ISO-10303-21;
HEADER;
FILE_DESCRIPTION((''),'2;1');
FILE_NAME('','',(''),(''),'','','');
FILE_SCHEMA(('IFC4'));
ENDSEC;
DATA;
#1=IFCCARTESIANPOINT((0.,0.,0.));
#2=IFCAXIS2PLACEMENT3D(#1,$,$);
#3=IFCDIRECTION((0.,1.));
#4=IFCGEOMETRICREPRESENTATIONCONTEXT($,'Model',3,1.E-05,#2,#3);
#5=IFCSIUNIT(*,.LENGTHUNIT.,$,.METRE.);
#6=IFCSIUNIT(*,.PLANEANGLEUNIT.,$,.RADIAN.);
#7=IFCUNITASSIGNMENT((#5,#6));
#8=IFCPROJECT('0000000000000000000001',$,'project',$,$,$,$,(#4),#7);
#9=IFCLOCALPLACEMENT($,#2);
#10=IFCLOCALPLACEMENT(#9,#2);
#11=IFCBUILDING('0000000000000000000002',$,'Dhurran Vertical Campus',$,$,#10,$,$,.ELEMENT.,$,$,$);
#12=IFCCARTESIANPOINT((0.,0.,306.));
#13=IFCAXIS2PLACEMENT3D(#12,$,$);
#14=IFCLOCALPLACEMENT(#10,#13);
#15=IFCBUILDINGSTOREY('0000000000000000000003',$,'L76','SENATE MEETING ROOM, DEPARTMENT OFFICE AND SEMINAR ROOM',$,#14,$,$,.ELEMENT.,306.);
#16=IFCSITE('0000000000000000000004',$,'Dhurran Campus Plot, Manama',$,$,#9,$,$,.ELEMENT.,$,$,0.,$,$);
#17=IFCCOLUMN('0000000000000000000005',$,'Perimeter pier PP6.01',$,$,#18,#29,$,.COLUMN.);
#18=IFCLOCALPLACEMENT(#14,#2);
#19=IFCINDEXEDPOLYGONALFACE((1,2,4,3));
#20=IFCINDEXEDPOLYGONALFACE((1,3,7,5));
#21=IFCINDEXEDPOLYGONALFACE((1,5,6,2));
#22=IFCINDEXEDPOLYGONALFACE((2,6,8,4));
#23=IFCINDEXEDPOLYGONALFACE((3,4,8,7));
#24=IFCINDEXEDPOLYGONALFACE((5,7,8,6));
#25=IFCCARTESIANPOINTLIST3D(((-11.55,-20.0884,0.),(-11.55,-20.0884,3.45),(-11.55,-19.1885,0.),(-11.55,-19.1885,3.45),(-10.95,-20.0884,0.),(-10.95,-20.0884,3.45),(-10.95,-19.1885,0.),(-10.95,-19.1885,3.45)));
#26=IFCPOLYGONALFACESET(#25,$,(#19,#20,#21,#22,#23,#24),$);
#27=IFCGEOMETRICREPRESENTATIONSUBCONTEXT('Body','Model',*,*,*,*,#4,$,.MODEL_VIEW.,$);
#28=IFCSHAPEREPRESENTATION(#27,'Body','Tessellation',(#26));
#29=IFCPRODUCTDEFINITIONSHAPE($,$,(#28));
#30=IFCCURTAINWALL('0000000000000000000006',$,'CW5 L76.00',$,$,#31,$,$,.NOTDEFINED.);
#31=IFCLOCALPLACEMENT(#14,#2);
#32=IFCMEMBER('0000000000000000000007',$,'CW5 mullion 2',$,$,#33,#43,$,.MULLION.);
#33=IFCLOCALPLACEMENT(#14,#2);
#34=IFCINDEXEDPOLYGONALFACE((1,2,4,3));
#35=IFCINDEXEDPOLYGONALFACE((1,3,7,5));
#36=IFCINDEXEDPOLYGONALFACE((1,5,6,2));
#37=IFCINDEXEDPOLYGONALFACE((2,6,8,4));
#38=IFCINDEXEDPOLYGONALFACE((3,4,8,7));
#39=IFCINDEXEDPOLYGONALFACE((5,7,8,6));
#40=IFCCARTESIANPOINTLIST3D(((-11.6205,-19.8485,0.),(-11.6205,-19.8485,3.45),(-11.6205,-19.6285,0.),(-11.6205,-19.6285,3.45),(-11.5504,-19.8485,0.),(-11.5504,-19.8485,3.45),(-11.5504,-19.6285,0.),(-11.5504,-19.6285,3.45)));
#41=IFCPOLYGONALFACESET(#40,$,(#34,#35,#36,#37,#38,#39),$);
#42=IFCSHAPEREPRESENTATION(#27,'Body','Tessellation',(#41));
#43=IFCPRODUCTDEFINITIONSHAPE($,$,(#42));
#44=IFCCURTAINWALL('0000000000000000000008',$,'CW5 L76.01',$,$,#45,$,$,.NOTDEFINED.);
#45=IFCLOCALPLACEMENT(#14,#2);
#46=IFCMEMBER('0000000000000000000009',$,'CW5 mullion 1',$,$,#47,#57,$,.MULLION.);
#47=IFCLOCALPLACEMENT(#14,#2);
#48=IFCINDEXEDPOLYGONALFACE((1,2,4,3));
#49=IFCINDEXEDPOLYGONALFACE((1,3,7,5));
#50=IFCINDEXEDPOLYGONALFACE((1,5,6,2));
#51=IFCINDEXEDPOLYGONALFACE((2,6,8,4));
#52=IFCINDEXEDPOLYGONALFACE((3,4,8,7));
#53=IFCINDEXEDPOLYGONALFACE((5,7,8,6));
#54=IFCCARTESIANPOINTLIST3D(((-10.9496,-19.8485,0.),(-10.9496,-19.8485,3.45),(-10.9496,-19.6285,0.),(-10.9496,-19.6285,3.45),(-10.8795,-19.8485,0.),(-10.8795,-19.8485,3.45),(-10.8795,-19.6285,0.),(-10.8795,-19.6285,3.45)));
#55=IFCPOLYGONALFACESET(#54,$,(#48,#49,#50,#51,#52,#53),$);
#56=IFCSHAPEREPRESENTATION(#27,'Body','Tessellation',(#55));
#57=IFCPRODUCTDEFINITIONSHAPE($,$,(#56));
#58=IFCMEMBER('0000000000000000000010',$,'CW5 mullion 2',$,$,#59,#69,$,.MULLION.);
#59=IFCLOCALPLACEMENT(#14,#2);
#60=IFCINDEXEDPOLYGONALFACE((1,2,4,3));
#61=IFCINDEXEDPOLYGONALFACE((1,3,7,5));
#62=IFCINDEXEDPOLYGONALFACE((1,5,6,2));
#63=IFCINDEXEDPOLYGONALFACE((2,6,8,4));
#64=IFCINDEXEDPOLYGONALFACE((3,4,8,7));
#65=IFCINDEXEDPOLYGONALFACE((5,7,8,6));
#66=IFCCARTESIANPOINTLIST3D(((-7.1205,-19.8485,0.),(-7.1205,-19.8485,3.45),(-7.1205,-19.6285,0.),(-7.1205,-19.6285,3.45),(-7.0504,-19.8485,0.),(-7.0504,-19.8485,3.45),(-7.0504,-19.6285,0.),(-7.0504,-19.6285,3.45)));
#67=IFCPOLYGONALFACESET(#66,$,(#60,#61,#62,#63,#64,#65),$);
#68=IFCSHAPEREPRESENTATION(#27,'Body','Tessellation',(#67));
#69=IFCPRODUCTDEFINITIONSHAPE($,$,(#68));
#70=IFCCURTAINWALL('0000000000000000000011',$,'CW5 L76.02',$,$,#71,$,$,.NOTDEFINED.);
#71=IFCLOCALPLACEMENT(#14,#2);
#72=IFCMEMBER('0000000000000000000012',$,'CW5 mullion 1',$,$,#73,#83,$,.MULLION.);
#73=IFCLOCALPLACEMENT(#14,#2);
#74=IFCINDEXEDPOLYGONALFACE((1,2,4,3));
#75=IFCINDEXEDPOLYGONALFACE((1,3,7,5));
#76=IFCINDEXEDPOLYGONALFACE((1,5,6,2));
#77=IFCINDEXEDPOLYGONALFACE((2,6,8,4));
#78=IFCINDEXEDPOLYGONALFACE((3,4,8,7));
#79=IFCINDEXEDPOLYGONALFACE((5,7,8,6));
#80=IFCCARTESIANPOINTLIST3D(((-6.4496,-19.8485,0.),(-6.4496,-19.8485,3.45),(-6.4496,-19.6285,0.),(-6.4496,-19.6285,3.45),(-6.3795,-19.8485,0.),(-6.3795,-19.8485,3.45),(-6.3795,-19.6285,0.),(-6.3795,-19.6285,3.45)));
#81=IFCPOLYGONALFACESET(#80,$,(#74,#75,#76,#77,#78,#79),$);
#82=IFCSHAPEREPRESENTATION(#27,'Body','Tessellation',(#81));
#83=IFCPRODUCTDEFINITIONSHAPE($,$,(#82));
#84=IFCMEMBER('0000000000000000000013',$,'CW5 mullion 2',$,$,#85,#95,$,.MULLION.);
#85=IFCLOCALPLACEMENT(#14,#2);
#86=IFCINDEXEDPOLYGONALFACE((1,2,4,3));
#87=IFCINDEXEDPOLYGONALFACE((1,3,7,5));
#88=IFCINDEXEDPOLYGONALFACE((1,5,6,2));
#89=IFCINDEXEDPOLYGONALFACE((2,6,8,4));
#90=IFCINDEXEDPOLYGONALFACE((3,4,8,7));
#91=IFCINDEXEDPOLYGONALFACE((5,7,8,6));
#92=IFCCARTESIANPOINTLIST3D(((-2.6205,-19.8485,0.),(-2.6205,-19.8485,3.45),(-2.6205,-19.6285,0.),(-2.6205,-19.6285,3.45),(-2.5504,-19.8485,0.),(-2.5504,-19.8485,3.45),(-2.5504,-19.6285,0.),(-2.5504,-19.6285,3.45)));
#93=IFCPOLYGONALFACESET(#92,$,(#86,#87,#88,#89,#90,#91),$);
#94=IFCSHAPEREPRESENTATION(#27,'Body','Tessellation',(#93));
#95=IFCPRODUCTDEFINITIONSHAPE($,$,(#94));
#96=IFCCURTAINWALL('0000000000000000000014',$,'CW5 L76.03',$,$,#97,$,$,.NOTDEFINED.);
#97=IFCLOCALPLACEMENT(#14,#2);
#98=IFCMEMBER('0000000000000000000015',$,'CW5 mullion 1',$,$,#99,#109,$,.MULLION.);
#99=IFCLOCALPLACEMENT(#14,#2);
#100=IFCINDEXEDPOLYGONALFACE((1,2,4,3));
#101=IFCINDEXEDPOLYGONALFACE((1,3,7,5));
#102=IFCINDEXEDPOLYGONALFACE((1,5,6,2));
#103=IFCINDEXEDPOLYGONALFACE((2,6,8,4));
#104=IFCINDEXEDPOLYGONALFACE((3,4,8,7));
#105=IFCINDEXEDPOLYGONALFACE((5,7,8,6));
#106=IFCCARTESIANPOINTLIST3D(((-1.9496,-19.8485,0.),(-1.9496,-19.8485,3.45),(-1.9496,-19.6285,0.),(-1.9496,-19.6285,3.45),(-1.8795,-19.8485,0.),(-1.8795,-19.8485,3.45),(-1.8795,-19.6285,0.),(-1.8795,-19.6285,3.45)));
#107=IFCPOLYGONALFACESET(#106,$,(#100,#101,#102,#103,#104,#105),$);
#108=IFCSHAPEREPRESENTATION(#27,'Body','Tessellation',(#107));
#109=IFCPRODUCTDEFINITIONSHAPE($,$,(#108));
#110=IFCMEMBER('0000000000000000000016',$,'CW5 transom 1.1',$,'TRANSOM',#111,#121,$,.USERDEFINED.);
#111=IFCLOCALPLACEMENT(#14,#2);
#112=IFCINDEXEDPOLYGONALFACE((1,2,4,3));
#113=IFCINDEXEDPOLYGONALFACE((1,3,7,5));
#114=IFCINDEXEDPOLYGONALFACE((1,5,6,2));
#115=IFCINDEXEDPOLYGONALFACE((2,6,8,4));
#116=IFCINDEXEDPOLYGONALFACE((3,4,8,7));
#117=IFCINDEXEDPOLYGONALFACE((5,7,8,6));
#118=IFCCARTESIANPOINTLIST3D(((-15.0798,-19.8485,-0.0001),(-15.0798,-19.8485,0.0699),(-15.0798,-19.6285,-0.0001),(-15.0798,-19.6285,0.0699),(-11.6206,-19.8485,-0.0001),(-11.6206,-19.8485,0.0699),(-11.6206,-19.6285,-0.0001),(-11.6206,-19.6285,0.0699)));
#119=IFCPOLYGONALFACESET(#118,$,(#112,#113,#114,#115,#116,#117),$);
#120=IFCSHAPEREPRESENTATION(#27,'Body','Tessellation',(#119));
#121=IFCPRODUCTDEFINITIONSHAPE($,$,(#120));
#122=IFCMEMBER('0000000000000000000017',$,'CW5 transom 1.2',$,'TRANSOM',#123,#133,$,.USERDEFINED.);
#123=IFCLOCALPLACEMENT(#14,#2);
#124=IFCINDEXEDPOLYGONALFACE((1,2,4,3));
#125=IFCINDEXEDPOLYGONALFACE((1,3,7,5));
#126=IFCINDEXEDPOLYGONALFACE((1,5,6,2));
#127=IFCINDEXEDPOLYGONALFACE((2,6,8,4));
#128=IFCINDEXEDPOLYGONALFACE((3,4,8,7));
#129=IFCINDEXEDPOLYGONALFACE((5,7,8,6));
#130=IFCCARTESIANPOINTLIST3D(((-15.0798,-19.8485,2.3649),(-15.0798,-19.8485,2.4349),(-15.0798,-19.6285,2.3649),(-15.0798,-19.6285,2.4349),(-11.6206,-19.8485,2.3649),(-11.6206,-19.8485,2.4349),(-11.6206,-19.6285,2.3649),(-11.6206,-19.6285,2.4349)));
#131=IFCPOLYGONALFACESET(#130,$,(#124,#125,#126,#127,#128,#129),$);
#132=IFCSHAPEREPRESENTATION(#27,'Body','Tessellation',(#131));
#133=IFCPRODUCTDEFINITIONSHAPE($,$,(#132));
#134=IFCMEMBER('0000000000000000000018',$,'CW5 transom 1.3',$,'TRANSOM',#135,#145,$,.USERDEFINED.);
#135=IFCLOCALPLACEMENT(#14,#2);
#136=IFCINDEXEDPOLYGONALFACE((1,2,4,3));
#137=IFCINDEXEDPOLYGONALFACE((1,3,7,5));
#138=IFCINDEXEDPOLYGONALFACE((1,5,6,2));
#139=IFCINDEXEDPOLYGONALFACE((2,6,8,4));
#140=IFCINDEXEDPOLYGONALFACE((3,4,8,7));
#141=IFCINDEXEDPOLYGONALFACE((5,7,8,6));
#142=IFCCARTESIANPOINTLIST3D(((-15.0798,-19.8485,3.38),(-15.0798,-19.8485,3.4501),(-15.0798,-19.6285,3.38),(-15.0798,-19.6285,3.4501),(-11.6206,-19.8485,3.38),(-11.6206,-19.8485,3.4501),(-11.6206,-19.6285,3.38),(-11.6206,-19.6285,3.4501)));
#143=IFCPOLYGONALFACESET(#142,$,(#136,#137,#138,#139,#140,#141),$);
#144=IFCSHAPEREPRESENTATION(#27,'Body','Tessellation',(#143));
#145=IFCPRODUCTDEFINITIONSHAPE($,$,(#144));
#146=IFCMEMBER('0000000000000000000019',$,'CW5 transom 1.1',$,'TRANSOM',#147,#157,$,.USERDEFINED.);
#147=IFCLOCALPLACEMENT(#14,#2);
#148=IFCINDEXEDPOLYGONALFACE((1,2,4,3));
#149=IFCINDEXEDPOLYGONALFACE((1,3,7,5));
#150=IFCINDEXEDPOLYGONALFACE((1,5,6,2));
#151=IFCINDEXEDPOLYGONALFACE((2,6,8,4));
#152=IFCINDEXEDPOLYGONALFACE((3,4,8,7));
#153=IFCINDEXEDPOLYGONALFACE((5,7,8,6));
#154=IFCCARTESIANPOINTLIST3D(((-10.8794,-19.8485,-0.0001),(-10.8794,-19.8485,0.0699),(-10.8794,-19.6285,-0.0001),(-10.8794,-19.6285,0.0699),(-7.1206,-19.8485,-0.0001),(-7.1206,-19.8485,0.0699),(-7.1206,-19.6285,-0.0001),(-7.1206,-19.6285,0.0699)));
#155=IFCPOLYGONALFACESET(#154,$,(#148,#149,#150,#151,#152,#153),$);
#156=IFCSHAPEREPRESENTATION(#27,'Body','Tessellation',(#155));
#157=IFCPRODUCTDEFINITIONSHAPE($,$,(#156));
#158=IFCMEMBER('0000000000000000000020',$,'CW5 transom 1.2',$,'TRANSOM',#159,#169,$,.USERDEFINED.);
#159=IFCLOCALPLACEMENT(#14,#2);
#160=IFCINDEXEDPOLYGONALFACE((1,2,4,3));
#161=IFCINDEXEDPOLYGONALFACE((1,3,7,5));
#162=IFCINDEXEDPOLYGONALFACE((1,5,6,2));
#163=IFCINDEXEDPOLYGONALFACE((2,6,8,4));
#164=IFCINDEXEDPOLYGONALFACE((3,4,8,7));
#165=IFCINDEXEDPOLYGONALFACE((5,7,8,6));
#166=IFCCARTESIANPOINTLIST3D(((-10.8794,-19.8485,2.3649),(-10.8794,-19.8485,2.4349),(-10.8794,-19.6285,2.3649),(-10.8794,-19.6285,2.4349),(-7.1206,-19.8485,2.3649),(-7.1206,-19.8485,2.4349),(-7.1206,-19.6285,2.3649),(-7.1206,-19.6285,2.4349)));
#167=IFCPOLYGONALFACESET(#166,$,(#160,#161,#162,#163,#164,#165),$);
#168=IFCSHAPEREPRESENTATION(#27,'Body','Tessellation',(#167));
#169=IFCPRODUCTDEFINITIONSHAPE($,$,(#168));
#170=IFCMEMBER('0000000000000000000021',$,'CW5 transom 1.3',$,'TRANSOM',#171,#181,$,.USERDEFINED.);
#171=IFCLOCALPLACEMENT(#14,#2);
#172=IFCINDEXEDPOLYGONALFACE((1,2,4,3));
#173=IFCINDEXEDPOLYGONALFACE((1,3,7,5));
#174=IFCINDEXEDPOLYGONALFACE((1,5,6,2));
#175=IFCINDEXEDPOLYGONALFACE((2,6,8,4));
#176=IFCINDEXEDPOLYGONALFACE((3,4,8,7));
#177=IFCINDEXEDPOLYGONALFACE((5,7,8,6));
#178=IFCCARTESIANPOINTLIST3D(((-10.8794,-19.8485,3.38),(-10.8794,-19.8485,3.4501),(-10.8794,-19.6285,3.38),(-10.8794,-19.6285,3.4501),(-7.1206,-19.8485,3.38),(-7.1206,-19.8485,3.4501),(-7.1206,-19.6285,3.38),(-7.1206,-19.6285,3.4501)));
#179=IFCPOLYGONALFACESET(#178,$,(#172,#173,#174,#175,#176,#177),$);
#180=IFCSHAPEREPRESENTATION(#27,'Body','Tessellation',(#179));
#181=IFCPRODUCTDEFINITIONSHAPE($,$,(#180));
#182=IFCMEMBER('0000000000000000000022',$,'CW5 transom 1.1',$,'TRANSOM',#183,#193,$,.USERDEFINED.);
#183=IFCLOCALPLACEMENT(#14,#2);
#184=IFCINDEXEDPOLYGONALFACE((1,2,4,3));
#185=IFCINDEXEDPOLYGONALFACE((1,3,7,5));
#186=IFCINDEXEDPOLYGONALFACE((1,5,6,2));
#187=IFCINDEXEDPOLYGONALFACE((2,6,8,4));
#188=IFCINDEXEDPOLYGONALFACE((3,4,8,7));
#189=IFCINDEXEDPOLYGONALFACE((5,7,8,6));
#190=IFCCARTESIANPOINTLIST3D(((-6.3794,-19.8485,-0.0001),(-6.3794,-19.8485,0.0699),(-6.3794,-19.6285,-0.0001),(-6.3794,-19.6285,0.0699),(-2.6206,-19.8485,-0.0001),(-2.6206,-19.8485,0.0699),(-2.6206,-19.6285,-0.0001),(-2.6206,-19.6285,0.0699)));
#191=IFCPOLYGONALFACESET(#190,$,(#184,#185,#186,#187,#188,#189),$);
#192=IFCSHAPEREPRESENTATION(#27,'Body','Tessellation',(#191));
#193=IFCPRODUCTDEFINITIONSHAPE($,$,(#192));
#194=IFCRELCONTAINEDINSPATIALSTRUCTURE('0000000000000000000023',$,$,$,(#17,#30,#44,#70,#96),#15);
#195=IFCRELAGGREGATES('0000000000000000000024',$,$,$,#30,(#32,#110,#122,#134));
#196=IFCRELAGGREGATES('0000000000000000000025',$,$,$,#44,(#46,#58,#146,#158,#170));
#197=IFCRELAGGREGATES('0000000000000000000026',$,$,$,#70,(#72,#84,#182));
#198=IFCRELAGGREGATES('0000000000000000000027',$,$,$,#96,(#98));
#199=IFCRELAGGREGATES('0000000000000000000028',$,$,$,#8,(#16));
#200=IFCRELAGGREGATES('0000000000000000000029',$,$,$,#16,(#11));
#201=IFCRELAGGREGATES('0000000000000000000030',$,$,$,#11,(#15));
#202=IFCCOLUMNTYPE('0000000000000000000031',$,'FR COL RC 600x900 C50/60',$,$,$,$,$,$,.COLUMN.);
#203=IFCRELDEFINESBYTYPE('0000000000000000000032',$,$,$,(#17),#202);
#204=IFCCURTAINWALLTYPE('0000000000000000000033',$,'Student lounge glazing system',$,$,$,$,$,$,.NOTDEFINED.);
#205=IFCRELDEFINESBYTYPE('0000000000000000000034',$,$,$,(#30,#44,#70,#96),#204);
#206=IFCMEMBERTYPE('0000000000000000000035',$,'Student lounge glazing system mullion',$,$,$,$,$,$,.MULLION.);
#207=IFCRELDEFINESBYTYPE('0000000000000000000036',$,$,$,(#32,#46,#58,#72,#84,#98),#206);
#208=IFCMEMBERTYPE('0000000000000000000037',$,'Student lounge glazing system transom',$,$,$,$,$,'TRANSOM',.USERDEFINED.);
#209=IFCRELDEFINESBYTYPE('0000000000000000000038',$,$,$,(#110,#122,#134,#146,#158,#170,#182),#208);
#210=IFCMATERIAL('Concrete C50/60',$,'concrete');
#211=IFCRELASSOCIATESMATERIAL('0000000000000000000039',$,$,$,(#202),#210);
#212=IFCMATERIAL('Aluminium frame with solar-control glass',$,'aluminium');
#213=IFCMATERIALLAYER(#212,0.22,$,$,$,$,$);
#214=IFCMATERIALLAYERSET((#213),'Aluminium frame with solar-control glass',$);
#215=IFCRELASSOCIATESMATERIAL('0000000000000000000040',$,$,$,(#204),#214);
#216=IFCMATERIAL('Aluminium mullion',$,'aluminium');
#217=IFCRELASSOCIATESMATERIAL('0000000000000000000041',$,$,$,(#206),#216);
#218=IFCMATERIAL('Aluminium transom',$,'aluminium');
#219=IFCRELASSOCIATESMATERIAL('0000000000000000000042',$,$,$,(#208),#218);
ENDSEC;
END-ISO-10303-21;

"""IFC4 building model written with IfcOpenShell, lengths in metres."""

from ifc_helpers import new_model, si_unit, direction, frame, origin, origin_2d, place, context, subcontext, project, spatial, rectangle, extrude, material, layer, layer_set, material_profile, profile_set, type_object, element, aggregate, save


model = new_model("IFC4")

# Units and contexts
model_context = context("Model", 3, precision=1e-05, world=origin(), true_north=direction((0.0, 1.0)))
body_context = subcontext(model_context, "Body", "Model", "MODEL_VIEW")
ifc_project = project(units=[si_unit("LENGTHUNIT", "METRE"), si_unit("PLANEANGLEUNIT", "RADIAN")], contexts=[model_context])

# Site, building, storey
site_placement = place(None, origin())
site = spatial("IfcSite", under=ifc_project, at=site_placement, Name="Dhurran Campus Plot, Manama", CompositionType="ELEMENT", RefElevation=0.0)
building_placement = place(site_placement, origin())
building = spatial("IfcBuilding", under=site, at=building_placement, Name="Dhurran Vertical Campus", CompositionType="ELEMENT")
storey_placement = place(building_placement, frame((0.0, 0.0, 306.0)))
storey = spatial("IfcBuildingStorey", under=building, at=storey_placement, Name="L76", Description="SENATE MEETING ROOM, DEPARTMENT OFFICE AND SEMINAR ROOM", CompositionType="ELEMENT", Elevation=306.0)

# Column
ifc_material_1 = material(Name="Concrete C50/60", Category="concrete")
ifc_material_profile_1 = material_profile(ifc_material_1, rectangle(XDim=0.6001, YDim=0.8999, at=origin_2d()), Name="RC 600x900")
ifc_profile_set_1 = profile_set([ifc_material_profile_1], Name="Concrete C50/60")
column_type = type_object("IfcColumnType", Name="FR COL RC 600x900 C50/60", PredefinedType="COLUMN", material=ifc_profile_set_1)
column_placement = place(storey_placement, frame((-11.25, -19.6384, 0.0), z_axis=(0.0, 0.0, 1.0), x_axis=(1.0, 0.0, 0.0)))
element("IfcColumn", 1, at=column_placement, inside=storey, type_object=column_type, Name="Perimeter pier PP6.01", PredefinedType="COLUMN", context=body_context, shape_type="SweptSolid", body=[
    extrude(rectangle(XDim=0.6001, YDim=0.8999, at=origin_2d()), origin(), (0.0, 0.0, 1.0), 3.45),
])

# Curtain wall, member
ifc_material_2 = material(Name="Aluminium frame with solar-control glass", Category="aluminium")
ifc_layer_1 = layer(ifc_material_2, 0.22)
ifc_layer_set_1 = layer_set([ifc_layer_1], Name="Aluminium frame with solar-control glass")
curtain_wall_type = type_object("IfcCurtainWallType", Name="Student lounge glazing system", PredefinedType="NOTDEFINED", material=ifc_layer_set_1)
curtain_wall_1_placement = place(storey_placement, origin())
curtain_wall_1 = element("IfcCurtainWall", 2, at=curtain_wall_1_placement, inside=storey, type_object=curtain_wall_type, Name="CW5 L76.00", PredefinedType="NOTDEFINED")
ifc_material_3 = material(Name="Aluminium mullion", Category="aluminium")
ifc_material_profile_2 = material_profile(ifc_material_3, rectangle(XDim=0.22, YDim=0.0701, at=origin_2d()), Name="Student lounge glazing system mullion")
ifc_profile_set_2 = profile_set([ifc_material_profile_2], Name="Aluminium mullion")
member_type_1 = type_object("IfcMemberType", Name="Student lounge glazing system mullion", PredefinedType="MULLION", material=ifc_profile_set_2)
member_1_placement = place(storey_placement, frame((-11.5854, -19.7385, 0.0), z_axis=(0.0, 0.0, 1.0), x_axis=(0.0, 1.0, 0.0)))
member_1 = element("IfcMember", 3, at=member_1_placement, type_object=member_type_1, Name="CW5 mullion 2", PredefinedType="MULLION", context=body_context, shape_type="SweptSolid", body=[
    extrude(rectangle(XDim=0.22, YDim=0.0701, at=origin_2d()), origin(), (0.0, 0.0, 1.0), 3.45),
])

# Curtain walls, members
curtain_wall_2_placement = place(storey_placement, origin())
curtain_wall_2 = element("IfcCurtainWall", 4, at=curtain_wall_2_placement, inside=storey, type_object=curtain_wall_type, Name="CW5 L76.01", PredefinedType="NOTDEFINED")
member_2_placement = place(storey_placement, frame((-10.9146, -19.7385, 0.0), z_axis=(0.0, 0.0, 1.0), x_axis=(0.0, 1.0, 0.0)))
member_2 = element("IfcMember", 5, at=member_2_placement, type_object=member_type_1, Name="CW5 mullion 1", PredefinedType="MULLION", context=body_context, shape_type="SweptSolid", body=[
    extrude(rectangle(XDim=0.22, YDim=0.0701, at=origin_2d()), origin(), (0.0, 0.0, 1.0), 3.45),
])
member_3_placement = place(storey_placement, frame((-7.0854, -19.7385, 0.0), z_axis=(0.0, 0.0, 1.0), x_axis=(0.0, 1.0, 0.0)))
member_3 = element("IfcMember", 6, at=member_3_placement, type_object=member_type_1, Name="CW5 mullion 2", PredefinedType="MULLION", context=body_context, shape_type="SweptSolid", body=[
    extrude(rectangle(XDim=0.22, YDim=0.0701, at=origin_2d()), origin(), (0.0, 0.0, 1.0), 3.45),
])
curtain_wall_3_placement = place(storey_placement, origin())
curtain_wall_3 = element("IfcCurtainWall", 7, at=curtain_wall_3_placement, inside=storey, type_object=curtain_wall_type, Name="CW5 L76.02", PredefinedType="NOTDEFINED")
member_4_placement = place(storey_placement, frame((-6.4146, -19.7385, 0.0), z_axis=(0.0, 0.0, 1.0), x_axis=(0.0, 1.0, 0.0)))
member_4 = element("IfcMember", 8, at=member_4_placement, type_object=member_type_1, Name="CW5 mullion 1", PredefinedType="MULLION", context=body_context, shape_type="SweptSolid", body=[
    extrude(rectangle(XDim=0.22, YDim=0.0701, at=origin_2d()), origin(), (0.0, 0.0, 1.0), 3.45),
])
member_5_placement = place(storey_placement, frame((-2.5854, -19.7385, 0.0), z_axis=(0.0, 0.0, 1.0), x_axis=(0.0, 1.0, 0.0)))
member_5 = element("IfcMember", 9, at=member_5_placement, type_object=member_type_1, Name="CW5 mullion 2", PredefinedType="MULLION", context=body_context, shape_type="SweptSolid", body=[
    extrude(rectangle(XDim=0.22, YDim=0.0701, at=origin_2d()), origin(), (0.0, 0.0, 1.0), 3.45),
])

# Curtain wall, member
curtain_wall_4_placement = place(storey_placement, origin())
curtain_wall_4 = element("IfcCurtainWall", 10, at=curtain_wall_4_placement, inside=storey, type_object=curtain_wall_type, Name="CW5 L76.03", PredefinedType="NOTDEFINED")
member_6_placement = place(storey_placement, frame((-1.9146, -19.7385, 0.0), z_axis=(0.0, 0.0, 1.0), x_axis=(0.0, 1.0, 0.0)))
member_6 = element("IfcMember", 11, at=member_6_placement, type_object=member_type_1, Name="CW5 mullion 1", PredefinedType="MULLION", context=body_context, shape_type="SweptSolid", body=[
    extrude(rectangle(XDim=0.22, YDim=0.0701, at=origin_2d()), origin(), (0.0, 0.0, 1.0), 3.45),
])

# Members
ifc_material_4 = material(Name="Aluminium transom", Category="aluminium")
ifc_material_profile_3 = material_profile(ifc_material_4, rectangle(XDim=0.22, YDim=0.0701, at=origin_2d()), Name="Student lounge glazing system transom")
ifc_profile_set_3 = profile_set([ifc_material_profile_3], Name="Aluminium transom")
member_type_2 = type_object("IfcMemberType", Name="Student lounge glazing system transom", ElementType="TRANSOM", PredefinedType="USERDEFINED", material=ifc_profile_set_3)
member_7_placement = place(storey_placement, frame((-15.0798, -19.7385, 0.0349), z_axis=(1.0, 0.0, 0.0), x_axis=(0.0, 1.0, 0.0)))
member_7 = element("IfcMember", 12, at=member_7_placement, type_object=member_type_2, Name="CW5 transom 1.1", ObjectType="TRANSOM", PredefinedType="USERDEFINED", context=body_context, shape_type="SweptSolid", body=[
    extrude(rectangle(XDim=0.22, YDim=0.0701, at=origin_2d()), origin(), (0.0, 0.0, 1.0), 3.4592),
])
member_8_placement = place(storey_placement, frame((-15.0798, -19.7385, 2.3999), z_axis=(1.0, 0.0, 0.0), x_axis=(0.0, 1.0, 0.0)))
member_8 = element("IfcMember", 13, at=member_8_placement, type_object=member_type_2, Name="CW5 transom 1.2", ObjectType="TRANSOM", PredefinedType="USERDEFINED", context=body_context, shape_type="SweptSolid", body=[
    extrude(rectangle(XDim=0.22, YDim=0.0701, at=origin_2d()), origin(), (0.0, 0.0, 1.0), 3.4592),
])
member_9_placement = place(storey_placement, frame((-15.0798, -19.7385, 3.415), z_axis=(1.0, 0.0, 0.0), x_axis=(0.0, 1.0, 0.0)))
member_9 = element("IfcMember", 14, at=member_9_placement, type_object=member_type_2, Name="CW5 transom 1.3", ObjectType="TRANSOM", PredefinedType="USERDEFINED", context=body_context, shape_type="SweptSolid", body=[
    extrude(rectangle(XDim=0.22, YDim=0.0701, at=origin_2d()), origin(), (0.0, 0.0, 1.0), 3.4592),
])
member_10_placement = place(storey_placement, frame((-10.8794, -19.7385, 0.0349), z_axis=(1.0, 0.0, 0.0), x_axis=(0.0, 1.0, 0.0)))
member_10 = element("IfcMember", 15, at=member_10_placement, type_object=member_type_2, Name="CW5 transom 1.1", ObjectType="TRANSOM", PredefinedType="USERDEFINED", context=body_context, shape_type="SweptSolid", body=[
    extrude(rectangle(XDim=0.22, YDim=0.0701, at=origin_2d()), origin(), (0.0, 0.0, 1.0), 3.7588),
])
member_11_placement = place(storey_placement, frame((-10.8794, -19.7385, 2.3999), z_axis=(1.0, 0.0, 0.0), x_axis=(0.0, 1.0, 0.0)))
member_11 = element("IfcMember", 16, at=member_11_placement, type_object=member_type_2, Name="CW5 transom 1.2", ObjectType="TRANSOM", PredefinedType="USERDEFINED", context=body_context, shape_type="SweptSolid", body=[
    extrude(rectangle(XDim=0.22, YDim=0.0701, at=origin_2d()), origin(), (0.0, 0.0, 1.0), 3.7588),
])
member_12_placement = place(storey_placement, frame((-10.8794, -19.7385, 3.415), z_axis=(1.0, 0.0, 0.0), x_axis=(0.0, 1.0, 0.0)))
member_12 = element("IfcMember", 17, at=member_12_placement, type_object=member_type_2, Name="CW5 transom 1.3", ObjectType="TRANSOM", PredefinedType="USERDEFINED", context=body_context, shape_type="SweptSolid", body=[
    extrude(rectangle(XDim=0.22, YDim=0.0701, at=origin_2d()), origin(), (0.0, 0.0, 1.0), 3.7588),
])
member_13_placement = place(storey_placement, frame((-6.3794, -19.7385, 0.0349), z_axis=(1.0, 0.0, 0.0), x_axis=(0.0, 1.0, 0.0)))
member_13 = element("IfcMember", 18, at=member_13_placement, type_object=member_type_2, Name="CW5 transom 1.1", ObjectType="TRANSOM", PredefinedType="USERDEFINED", context=body_context, shape_type="SweptSolid", body=[
    extrude(rectangle(XDim=0.22, YDim=0.0701, at=origin_2d()), origin(), (0.0, 0.0, 1.0), 3.7588),
])

aggregate(curtain_wall_1, [member_1, member_7, member_8, member_9])
aggregate(curtain_wall_2, [member_2, member_3, member_10, member_11, member_12])
aggregate(curtain_wall_3, [member_4, member_5, member_13])
aggregate(curtain_wall_4, [member_6])

save(model, "model.ifc")
